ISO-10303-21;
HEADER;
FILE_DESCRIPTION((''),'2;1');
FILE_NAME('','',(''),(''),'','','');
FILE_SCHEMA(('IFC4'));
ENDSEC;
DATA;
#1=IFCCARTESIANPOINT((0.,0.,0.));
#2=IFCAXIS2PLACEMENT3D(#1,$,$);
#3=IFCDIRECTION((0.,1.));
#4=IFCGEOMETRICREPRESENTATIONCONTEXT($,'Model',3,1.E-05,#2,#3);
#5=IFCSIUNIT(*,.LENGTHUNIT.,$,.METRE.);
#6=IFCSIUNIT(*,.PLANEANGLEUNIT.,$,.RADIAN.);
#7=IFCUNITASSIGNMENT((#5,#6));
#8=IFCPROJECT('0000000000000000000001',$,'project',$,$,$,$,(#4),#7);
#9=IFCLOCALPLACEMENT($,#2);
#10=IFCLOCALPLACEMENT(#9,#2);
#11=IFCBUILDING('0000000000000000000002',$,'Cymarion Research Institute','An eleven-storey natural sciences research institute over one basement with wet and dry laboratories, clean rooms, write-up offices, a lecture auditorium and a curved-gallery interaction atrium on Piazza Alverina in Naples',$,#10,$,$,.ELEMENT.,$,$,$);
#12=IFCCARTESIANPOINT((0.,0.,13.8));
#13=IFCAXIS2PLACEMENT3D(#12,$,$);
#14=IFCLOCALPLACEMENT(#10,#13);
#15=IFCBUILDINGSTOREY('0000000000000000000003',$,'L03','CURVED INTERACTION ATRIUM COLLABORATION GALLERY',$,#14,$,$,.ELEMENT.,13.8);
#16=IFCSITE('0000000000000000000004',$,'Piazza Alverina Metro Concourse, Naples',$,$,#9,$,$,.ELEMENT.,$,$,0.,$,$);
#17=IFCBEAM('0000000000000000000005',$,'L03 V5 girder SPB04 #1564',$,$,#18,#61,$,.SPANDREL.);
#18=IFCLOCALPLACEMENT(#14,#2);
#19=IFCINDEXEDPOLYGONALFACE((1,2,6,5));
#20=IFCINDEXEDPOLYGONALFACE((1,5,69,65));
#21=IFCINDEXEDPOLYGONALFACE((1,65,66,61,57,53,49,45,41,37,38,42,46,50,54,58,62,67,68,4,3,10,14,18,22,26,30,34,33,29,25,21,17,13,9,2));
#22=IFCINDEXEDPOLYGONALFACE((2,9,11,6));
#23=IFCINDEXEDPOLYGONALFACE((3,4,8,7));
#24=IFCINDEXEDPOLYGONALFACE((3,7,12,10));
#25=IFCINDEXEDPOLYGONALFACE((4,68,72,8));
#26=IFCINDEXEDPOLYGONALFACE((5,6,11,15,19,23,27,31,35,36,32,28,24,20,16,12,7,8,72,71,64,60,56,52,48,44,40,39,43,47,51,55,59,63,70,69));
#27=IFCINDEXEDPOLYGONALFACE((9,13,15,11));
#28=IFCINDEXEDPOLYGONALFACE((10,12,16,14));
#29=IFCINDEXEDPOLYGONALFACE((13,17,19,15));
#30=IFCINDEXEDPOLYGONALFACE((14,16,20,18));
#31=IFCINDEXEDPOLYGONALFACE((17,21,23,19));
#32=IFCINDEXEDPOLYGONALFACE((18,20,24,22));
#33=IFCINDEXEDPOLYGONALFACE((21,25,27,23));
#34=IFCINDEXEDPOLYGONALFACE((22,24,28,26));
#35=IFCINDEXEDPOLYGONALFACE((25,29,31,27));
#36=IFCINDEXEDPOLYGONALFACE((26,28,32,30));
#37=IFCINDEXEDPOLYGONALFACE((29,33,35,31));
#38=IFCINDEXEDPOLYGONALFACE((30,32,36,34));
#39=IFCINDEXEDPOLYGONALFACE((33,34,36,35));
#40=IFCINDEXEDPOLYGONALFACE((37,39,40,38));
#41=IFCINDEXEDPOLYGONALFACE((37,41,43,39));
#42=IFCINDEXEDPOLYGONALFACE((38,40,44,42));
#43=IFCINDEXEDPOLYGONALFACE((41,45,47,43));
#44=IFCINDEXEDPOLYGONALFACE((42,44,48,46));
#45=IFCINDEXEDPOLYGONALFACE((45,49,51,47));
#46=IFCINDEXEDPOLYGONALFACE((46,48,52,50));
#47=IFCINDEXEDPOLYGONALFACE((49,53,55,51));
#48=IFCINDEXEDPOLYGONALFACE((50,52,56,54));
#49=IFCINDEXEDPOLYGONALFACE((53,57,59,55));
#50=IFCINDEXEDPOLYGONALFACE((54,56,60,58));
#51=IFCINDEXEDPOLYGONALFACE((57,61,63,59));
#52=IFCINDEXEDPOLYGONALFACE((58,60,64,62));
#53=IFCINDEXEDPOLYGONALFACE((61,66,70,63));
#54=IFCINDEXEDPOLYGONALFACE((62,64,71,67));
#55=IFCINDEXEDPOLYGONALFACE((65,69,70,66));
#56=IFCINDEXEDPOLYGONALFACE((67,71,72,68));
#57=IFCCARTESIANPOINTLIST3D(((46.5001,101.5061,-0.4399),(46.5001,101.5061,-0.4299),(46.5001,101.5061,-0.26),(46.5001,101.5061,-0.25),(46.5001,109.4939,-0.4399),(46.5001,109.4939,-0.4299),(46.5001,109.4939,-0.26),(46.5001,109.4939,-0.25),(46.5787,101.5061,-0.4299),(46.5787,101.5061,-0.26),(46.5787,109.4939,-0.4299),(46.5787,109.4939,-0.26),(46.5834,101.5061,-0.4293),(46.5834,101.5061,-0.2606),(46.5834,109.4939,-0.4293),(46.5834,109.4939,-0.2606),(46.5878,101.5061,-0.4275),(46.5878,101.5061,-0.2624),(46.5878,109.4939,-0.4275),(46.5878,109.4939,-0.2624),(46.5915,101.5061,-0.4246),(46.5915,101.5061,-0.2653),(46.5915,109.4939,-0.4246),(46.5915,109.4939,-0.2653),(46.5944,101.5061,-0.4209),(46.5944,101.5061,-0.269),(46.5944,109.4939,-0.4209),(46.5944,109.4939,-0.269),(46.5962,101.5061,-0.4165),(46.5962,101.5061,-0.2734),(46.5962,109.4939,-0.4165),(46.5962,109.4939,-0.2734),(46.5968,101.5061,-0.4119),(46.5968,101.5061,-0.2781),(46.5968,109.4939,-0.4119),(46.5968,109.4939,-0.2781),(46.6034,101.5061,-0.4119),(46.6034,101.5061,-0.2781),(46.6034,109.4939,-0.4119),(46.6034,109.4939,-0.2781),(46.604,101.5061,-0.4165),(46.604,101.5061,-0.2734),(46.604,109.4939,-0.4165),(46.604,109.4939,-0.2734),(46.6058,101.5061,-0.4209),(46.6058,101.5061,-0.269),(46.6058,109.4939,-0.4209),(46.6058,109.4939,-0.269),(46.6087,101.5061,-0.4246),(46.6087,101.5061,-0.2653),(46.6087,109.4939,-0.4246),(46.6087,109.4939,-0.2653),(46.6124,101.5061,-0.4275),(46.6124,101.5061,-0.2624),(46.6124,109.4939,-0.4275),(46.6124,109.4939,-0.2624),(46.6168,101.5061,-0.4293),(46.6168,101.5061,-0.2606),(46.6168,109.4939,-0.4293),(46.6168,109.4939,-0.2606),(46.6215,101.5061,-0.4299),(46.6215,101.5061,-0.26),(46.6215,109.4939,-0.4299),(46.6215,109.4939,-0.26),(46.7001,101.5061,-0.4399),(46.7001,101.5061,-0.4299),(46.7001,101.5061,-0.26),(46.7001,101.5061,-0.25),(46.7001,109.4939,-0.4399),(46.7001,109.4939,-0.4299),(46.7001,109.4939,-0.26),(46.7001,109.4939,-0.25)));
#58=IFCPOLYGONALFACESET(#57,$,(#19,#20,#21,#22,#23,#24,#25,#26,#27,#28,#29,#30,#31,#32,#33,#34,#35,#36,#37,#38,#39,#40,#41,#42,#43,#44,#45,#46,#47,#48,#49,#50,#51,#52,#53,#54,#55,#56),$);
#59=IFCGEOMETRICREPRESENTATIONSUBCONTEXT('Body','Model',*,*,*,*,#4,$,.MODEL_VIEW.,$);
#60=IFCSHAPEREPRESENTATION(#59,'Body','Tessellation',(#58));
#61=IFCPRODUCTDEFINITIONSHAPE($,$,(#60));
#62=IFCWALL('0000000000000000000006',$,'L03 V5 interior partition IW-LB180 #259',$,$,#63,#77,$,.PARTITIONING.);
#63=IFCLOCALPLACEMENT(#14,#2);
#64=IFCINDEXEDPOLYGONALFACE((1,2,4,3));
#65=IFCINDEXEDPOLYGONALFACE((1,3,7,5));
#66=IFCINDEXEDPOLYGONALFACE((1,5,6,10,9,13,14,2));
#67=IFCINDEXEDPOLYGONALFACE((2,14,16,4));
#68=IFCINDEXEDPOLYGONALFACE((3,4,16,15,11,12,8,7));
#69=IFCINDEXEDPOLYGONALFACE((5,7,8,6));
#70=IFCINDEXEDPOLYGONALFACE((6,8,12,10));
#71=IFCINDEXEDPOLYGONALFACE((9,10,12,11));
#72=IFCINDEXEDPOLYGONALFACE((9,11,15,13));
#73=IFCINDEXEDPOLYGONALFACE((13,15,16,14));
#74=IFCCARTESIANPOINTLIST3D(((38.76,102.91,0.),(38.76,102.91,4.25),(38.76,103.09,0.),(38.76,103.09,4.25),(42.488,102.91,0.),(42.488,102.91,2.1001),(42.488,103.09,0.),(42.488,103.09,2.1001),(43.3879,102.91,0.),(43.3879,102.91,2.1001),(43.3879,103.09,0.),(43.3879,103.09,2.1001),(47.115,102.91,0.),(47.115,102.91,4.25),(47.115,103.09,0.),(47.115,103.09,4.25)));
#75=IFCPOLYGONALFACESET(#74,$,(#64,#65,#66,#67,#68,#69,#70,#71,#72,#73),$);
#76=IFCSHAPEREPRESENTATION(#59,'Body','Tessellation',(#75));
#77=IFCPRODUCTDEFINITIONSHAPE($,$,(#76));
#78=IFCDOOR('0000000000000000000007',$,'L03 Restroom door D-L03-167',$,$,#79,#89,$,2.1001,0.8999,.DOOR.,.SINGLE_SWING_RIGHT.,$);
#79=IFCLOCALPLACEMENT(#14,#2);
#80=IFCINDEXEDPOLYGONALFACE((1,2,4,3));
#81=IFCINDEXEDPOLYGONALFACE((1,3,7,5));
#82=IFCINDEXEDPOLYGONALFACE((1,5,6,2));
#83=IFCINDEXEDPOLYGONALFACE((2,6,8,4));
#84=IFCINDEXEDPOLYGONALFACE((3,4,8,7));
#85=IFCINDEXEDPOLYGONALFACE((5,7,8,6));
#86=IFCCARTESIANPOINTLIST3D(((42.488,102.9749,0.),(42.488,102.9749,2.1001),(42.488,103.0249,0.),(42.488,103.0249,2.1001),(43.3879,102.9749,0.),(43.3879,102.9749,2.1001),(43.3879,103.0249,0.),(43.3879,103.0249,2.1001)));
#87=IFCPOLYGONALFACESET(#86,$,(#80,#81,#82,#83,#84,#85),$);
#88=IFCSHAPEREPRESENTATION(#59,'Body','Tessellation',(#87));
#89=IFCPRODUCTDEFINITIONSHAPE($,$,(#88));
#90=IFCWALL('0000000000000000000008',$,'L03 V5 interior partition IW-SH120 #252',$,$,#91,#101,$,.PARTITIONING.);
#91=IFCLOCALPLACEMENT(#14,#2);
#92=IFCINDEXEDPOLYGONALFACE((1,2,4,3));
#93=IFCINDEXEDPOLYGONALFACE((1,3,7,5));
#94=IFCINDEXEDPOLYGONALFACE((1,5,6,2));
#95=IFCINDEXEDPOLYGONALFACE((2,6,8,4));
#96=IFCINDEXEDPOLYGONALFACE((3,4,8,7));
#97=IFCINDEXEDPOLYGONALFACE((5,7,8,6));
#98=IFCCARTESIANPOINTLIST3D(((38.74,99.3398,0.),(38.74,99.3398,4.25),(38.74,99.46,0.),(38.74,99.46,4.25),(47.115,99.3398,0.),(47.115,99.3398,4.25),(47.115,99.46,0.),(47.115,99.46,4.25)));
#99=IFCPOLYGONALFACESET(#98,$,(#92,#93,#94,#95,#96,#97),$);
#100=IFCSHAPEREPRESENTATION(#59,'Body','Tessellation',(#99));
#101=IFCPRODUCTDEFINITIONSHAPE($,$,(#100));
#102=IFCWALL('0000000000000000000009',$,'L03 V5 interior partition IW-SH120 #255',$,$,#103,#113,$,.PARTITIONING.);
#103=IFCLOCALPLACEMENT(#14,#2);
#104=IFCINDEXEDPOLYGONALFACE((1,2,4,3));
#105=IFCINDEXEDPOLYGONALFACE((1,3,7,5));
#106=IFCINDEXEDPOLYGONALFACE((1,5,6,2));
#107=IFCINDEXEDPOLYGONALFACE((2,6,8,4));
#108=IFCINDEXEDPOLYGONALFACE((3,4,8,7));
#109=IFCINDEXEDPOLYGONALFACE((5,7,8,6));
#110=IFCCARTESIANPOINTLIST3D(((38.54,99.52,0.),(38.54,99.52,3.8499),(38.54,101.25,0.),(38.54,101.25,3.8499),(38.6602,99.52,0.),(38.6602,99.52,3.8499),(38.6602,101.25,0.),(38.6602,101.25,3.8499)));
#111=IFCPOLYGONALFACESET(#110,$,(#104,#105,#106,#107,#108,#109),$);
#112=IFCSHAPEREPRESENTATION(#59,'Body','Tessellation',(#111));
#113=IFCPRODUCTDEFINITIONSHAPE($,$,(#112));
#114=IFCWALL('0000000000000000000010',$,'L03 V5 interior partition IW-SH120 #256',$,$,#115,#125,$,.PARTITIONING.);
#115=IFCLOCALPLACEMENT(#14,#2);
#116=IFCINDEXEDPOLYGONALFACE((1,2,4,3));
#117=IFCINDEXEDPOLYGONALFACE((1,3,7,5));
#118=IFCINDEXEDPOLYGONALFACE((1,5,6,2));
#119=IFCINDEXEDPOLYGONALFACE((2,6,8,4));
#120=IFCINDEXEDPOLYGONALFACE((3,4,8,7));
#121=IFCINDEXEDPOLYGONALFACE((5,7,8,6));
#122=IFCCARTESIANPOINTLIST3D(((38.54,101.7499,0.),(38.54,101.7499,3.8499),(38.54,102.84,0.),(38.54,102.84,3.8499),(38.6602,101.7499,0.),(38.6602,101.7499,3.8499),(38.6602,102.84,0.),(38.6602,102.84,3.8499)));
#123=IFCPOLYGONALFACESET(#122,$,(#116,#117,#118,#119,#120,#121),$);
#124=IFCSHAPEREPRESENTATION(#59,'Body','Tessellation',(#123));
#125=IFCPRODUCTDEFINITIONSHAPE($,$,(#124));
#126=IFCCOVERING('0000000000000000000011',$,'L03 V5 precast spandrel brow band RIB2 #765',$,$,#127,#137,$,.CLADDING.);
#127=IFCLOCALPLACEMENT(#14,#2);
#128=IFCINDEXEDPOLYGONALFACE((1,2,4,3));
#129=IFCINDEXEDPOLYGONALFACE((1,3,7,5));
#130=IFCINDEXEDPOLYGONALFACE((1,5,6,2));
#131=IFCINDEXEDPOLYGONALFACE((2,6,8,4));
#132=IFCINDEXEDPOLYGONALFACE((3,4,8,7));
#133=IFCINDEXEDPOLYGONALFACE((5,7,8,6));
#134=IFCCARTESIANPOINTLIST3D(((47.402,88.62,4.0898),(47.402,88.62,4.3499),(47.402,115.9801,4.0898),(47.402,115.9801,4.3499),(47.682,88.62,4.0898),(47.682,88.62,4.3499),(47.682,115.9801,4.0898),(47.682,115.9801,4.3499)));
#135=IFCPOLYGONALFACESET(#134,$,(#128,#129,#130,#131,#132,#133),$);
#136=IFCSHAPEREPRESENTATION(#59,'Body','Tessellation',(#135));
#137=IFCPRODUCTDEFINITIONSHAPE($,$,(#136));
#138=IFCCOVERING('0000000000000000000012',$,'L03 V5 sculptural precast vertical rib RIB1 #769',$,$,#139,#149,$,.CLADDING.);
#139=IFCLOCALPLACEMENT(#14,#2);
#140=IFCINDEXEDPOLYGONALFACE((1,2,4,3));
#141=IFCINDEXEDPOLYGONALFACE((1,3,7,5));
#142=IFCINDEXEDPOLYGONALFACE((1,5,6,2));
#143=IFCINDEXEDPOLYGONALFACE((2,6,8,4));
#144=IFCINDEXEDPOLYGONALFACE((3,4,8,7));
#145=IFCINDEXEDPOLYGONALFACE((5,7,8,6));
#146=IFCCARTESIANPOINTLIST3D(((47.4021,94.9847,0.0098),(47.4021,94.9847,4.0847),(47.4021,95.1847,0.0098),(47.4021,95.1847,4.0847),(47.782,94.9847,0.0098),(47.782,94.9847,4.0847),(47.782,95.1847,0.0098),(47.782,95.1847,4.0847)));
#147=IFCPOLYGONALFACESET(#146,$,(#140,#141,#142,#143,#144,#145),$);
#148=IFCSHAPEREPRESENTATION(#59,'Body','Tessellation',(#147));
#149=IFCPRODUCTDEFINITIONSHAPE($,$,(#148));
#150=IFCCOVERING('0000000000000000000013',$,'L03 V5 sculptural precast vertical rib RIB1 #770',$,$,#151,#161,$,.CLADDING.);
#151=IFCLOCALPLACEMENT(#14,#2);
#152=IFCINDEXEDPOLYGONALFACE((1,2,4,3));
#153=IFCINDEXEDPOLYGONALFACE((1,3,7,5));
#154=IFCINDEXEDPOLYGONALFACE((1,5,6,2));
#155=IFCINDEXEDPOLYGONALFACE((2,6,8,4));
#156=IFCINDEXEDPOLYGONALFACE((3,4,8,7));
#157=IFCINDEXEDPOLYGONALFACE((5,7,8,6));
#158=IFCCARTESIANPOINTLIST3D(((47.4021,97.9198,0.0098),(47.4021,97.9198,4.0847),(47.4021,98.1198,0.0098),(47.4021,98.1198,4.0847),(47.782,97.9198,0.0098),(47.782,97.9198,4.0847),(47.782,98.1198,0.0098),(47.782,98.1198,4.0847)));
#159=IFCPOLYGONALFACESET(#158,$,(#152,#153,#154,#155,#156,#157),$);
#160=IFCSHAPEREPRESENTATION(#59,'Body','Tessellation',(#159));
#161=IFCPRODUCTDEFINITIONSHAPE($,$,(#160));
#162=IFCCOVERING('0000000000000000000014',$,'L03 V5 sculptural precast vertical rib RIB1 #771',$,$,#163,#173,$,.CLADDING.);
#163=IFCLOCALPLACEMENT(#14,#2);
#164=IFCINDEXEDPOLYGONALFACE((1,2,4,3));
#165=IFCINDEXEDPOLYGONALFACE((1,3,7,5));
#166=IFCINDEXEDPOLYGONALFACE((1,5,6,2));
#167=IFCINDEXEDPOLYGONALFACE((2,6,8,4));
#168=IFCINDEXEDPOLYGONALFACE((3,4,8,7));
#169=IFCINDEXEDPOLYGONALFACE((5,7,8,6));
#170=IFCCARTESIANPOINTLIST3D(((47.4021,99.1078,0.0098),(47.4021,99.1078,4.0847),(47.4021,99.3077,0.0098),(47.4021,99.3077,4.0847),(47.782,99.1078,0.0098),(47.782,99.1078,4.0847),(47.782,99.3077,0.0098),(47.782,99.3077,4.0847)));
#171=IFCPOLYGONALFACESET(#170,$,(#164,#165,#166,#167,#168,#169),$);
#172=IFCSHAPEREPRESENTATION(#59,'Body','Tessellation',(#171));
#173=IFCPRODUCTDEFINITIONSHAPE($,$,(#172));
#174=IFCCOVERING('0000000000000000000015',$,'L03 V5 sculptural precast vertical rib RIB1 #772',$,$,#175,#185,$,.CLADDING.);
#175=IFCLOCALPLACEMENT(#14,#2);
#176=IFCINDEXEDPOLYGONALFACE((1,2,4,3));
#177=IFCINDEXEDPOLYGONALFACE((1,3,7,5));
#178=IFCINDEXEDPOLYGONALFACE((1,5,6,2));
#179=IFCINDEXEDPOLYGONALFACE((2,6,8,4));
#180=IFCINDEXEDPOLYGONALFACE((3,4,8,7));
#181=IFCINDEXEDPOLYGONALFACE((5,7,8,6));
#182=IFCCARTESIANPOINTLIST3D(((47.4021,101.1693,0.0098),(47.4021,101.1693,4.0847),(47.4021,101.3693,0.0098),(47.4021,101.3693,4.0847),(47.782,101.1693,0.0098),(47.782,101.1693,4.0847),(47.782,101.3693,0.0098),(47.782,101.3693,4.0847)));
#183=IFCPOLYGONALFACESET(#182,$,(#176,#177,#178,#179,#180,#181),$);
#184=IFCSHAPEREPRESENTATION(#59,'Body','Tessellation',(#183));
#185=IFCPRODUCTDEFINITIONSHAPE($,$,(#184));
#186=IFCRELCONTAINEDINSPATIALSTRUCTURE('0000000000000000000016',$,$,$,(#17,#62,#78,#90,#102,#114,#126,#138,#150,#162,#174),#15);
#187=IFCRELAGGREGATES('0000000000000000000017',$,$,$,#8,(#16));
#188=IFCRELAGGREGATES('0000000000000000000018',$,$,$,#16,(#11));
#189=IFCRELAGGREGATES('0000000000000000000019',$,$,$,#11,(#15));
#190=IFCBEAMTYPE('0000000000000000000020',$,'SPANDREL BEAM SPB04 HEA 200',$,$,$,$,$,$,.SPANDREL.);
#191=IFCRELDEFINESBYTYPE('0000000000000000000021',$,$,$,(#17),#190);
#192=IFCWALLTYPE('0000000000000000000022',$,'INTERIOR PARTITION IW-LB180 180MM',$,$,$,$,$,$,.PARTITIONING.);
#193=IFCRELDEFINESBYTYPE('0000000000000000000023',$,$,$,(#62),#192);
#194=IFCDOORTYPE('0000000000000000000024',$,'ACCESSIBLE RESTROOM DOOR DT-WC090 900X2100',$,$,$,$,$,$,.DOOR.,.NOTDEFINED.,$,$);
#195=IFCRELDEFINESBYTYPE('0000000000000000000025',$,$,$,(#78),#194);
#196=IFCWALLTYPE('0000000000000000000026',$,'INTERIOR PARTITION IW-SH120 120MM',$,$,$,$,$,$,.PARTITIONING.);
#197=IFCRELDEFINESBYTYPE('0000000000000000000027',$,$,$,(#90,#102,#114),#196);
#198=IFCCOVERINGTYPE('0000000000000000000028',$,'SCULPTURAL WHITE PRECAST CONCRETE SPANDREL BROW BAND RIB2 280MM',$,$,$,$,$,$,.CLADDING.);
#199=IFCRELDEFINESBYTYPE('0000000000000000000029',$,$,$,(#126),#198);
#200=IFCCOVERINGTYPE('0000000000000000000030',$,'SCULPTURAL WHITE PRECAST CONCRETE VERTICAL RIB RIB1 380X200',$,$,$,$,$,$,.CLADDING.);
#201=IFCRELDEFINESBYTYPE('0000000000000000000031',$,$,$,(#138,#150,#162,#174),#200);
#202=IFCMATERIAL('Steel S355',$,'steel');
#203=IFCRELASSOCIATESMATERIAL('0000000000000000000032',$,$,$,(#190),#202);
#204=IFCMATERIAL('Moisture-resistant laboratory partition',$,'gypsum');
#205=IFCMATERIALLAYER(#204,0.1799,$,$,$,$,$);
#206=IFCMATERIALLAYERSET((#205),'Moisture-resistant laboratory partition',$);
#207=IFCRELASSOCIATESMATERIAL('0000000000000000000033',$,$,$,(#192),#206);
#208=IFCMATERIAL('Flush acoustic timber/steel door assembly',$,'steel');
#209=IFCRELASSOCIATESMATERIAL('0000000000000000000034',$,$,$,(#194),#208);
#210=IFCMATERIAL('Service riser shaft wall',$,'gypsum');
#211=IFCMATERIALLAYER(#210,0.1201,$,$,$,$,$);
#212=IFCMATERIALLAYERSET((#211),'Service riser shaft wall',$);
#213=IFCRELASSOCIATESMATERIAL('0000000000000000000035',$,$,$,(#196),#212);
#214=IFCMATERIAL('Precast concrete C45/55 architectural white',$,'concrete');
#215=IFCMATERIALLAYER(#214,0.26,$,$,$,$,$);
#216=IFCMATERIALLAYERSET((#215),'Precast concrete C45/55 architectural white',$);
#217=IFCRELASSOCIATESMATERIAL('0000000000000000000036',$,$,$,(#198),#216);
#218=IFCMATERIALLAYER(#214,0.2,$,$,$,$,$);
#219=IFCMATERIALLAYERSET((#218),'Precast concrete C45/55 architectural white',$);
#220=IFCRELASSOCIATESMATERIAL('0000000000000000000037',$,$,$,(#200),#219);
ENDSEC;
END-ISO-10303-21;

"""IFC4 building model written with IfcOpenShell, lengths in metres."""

from ifc_helpers import new_model, si_unit, direction, frame, frame_2d, origin, origin_2d, place, context, subcontext, project, spatial, rectangle, i_section, extrude, material, layer, layer_set, material_profile, profile_set, type_object, element, fill, save


model = new_model("IFC4")

# Units and contexts
model_context = context("Model", 3, precision=1e-05, world=origin(), true_north=direction((0.0, 1.0)))
body_context = subcontext(model_context, "Body", "Model", "MODEL_VIEW")
ifc_project = project(units=[si_unit("LENGTHUNIT", "METRE"), si_unit("PLANEANGLEUNIT", "RADIAN")], contexts=[model_context])

# Site, building, storey
site_placement = place(None, origin())
site = spatial("IfcSite", under=ifc_project, at=site_placement, Name="Piazza Alverina Metro Concourse, Naples", CompositionType="ELEMENT", RefElevation=0.0)
building_placement = place(site_placement, origin())
building = spatial("IfcBuilding", under=site, at=building_placement, Name="Cymarion Research Institute", Description="An eleven-storey natural sciences research institute over one basement with wet and dry laboratories, clean rooms, write-up offices, a lecture auditorium and a curved-gallery interaction atrium on Piazza Alverina in Naples", CompositionType="ELEMENT")
storey_placement = place(building_placement, frame((0.0, 0.0, 13.8)))
storey = spatial("IfcBuildingStorey", under=building, at=storey_placement, Name="L03", Description="CURVED INTERACTION ATRIUM COLLABORATION GALLERY", CompositionType="ELEMENT", Elevation=13.8)

# Shared definitions
ifc_material_1 = material(Name="Steel S355", Category="steel")

# Beam
ifc_material_profile_1 = material_profile(ifc_material_1, i_section(OverallWidth=0.2, OverallDepth=0.1899, WebThickness=0.0066, FlangeThickness=0.01, FilletRadius=0.0181, at=origin_2d()), Name="HEA 200")
ifc_profile_set_1 = profile_set([ifc_material_profile_1], Name="Steel S355")
beam_type_1 = type_object("IfcBeamType", Name="SPANDREL BEAM SPB04 HEA 200", PredefinedType="SPANDREL", material=ifc_profile_set_1)
beam_1_placement = place(storey_placement, frame((46.6001, 101.5061, -0.345), z_axis=(0.0, 1.0, 0.0), x_axis=(-1.0, 0.0, 0.0)))
element("IfcBeam", 1, at=beam_1_placement, inside=storey, type_object=beam_type_1, Name="L03 V5 girder SPB04 #1564", PredefinedType="SPANDREL", context=body_context, shape_type="SweptSolid", body=[
    extrude(i_section(OverallWidth=0.2, OverallDepth=0.1899, WebThickness=0.0066, FlangeThickness=0.01, FilletRadius=0.0181, at=origin_2d()), origin(), (0.0, 0.0, 1.0), 7.9878),
])

# Wall, opening, door
ifc_material_2 = material(Name="Moisture-resistant laboratory partition", Category="gypsum")
ifc_layer_1 = layer(ifc_material_2, 0.1799)
ifc_layer_set_1 = layer_set([ifc_layer_1], Name="Moisture-resistant laboratory partition")
wall_type_1 = type_object("IfcWallType", Name="INTERIOR PARTITION IW-LB180 180MM", PredefinedType="PARTITIONING", material=ifc_layer_set_1)
wall_1_placement = place(storey_placement, frame((38.76, 103.0, 0.0), z_axis=(0.0, 0.0, 1.0), x_axis=(1.0, 0.0, 0.0)))
wall_1 = element("IfcWall", 2, at=wall_1_placement, inside=storey, type_object=wall_type_1, Name="L03 V5 interior partition IW-LB180 #259", PredefinedType="PARTITIONING", context=body_context, shape_type="SweptSolid", body=[
    extrude(rectangle(XDim=8.355, YDim=0.1799, at=frame_2d((4.1775, 0.0))), origin(), (0.0, 0.0, 1.0), 4.25),
])
opening_placement = place(wall_1_placement, frame((3.728, 0.0, 0.0)))
opening = element("IfcOpeningElement", 3, at=opening_placement, cuts=wall_1, PredefinedType="OPENING", context=body_context, shape_type="SweptSolid", body=[
    extrude(rectangle(XDim=0.8999, YDim=2.1001, at=frame_2d((0.45, 1.05))), frame((0.0, 0.0999, 0.0), z_axis=(0.0, -1.0, 0.0), x_axis=(1.0, 0.0, 0.0)), (0.0, 0.0, 1.0), 0.2),
])
ifc_material_3 = material(Name="Flush acoustic timber/steel door assembly", Category="steel")
door_type = type_object("IfcDoorType", Name="ACCESSIBLE RESTROOM DOOR DT-WC090 900X2100", OperationType="NOTDEFINED", PredefinedType="DOOR", material=ifc_material_3)
door_placement = place(opening_placement, origin())
door = element("IfcDoor", 4, at=door_placement, inside=storey, type_object=door_type, Name="L03 Restroom door D-L03-167", OperationType="SINGLE_SWING_RIGHT", OverallHeight=2.1001, OverallWidth=0.8999, PredefinedType="DOOR", context=body_context, shape_type="SweptSolid", body=[
    extrude(rectangle(XDim=0.8999, YDim=2.1001, at=frame_2d((0.45, 1.05))), frame((0.0, 0.0249, 0.0), z_axis=(0.0, -1.0, 0.0), x_axis=(1.0, 0.0, 0.0)), (0.0, 0.0, 1.0), 0.05),
])
fill(opening, door)

# Walls
ifc_material_4 = material(Name="Service riser shaft wall", Category="gypsum")
ifc_layer_2 = layer(ifc_material_4, 0.1201)
ifc_layer_set_2 = layer_set([ifc_layer_2], Name="Service riser shaft wall")
wall_type_2 = type_object("IfcWallType", Name="INTERIOR PARTITION IW-SH120 120MM", PredefinedType="PARTITIONING", material=ifc_layer_set_2)
wall_2_placement = place(storey_placement, frame((38.74, 99.3999, 0.0), z_axis=(0.0, 0.0, 1.0), x_axis=(1.0, 0.0, 0.0)))
element("IfcWall", 5, at=wall_2_placement, inside=storey, type_object=wall_type_2, Name="L03 V5 interior partition IW-SH120 #252", PredefinedType="PARTITIONING", context=body_context, shape_type="SweptSolid", body=[
    extrude(rectangle(XDim=8.375, YDim=0.1201, at=frame_2d((4.1875, 0.0))), origin(), (0.0, 0.0, 1.0), 4.25),
])
wall_3_placement = place(storey_placement, frame((38.6001, 99.52, 0.0), z_axis=(0.0, 0.0, 1.0), x_axis=(0.0, 1.0, 0.0)))
element("IfcWall", 6, at=wall_3_placement, inside=storey, type_object=wall_type_2, Name="L03 V5 interior partition IW-SH120 #255", PredefinedType="PARTITIONING", context=body_context, shape_type="SweptSolid", body=[
    extrude(rectangle(XDim=1.73, YDim=0.1201, at=frame_2d((0.865, 0.0))), origin(), (0.0, 0.0, 1.0), 3.8499),
])
wall_4_placement = place(storey_placement, frame((38.6001, 101.75, 0.0), z_axis=(0.0, 0.0, 1.0), x_axis=(0.0, 1.0, 0.0)))
element("IfcWall", 7, at=wall_4_placement, inside=storey, type_object=wall_type_2, Name="L03 V5 interior partition IW-SH120 #256", PredefinedType="PARTITIONING", context=body_context, shape_type="SweptSolid", body=[
    extrude(rectangle(XDim=1.0901, YDim=0.1201, at=frame_2d((0.5449, 0.0))), origin(), (0.0, 0.0, 1.0), 3.8499),
])

# Coverings
ifc_material_5 = material(Name="Precast concrete C45/55 architectural white", Category="concrete")
ifc_layer_3 = layer(ifc_material_5, 0.26)
ifc_layer_set_3 = layer_set([ifc_layer_3], Name="Precast concrete C45/55 architectural white")
covering_type_1 = type_object("IfcCoveringType", Name="SCULPTURAL WHITE PRECAST CONCRETE SPANDREL BROW BAND RIB2 280MM", PredefinedType="CLADDING", material=ifc_layer_set_3)
covering_placement = place(storey_placement, frame((47.542, 102.3, 4.0898), z_axis=(0.0, 0.0, 1.0), x_axis=(1.0, 0.0, 0.0)))
element("IfcCovering", 8, at=covering_placement, inside=storey, type_object=covering_type_1, Name="L03 V5 precast spandrel brow band RIB2 #765", PredefinedType="CLADDING", context=body_context, shape_type="SweptSolid", body=[
    extrude(rectangle(XDim=0.28, YDim=27.3601, at=origin_2d()), origin(), (0.0, 0.0, 1.0), 0.26),
])
ifc_layer_4 = layer(ifc_material_5, 0.2)
ifc_layer_set_4 = layer_set([ifc_layer_4], Name="Precast concrete C45/55 architectural white")
covering_type_2 = type_object("IfcCoveringType", Name="SCULPTURAL WHITE PRECAST CONCRETE VERTICAL RIB RIB1 380X200", PredefinedType="CLADDING", material=ifc_layer_set_4)
for number, where, z_axis, x_axis, name in (
    (9, (47.592, 95.0847, 0.0098), (0.0, 0.0, 1.0), (1.0, 0.0, 0.0), "L03 V5 sculptural precast vertical rib RIB1 #769"),
    (10, (47.592, 98.0198, 0.0098), (0.0, 0.0, 1.0), (1.0, 0.0, 0.0), "L03 V5 sculptural precast vertical rib RIB1 #770"),
    (11, (47.592, 99.2078, 0.0098), (0.0, 0.0, 1.0), (1.0, 0.0, 0.0), "L03 V5 sculptural precast vertical rib RIB1 #771"),
    (12, (47.592, 101.2693, 0.0098), (0.0, 0.0, 1.0), (1.0, 0.0, 0.0), "L03 V5 sculptural precast vertical rib RIB1 #772"),
):
    element("IfcCovering", number, at=place(storey_placement, frame(where, z_axis=z_axis, x_axis=x_axis)), inside=storey, type_object=covering_type_2, Name=name, PredefinedType="CLADDING", context=body_context, shape_type="SweptSolid", body=[
        extrude(rectangle(XDim=0.3799, YDim=0.2, at=origin_2d()), origin(), (0.0, 0.0, 1.0), 4.075),
    ])

save(model, "model.ifc")
